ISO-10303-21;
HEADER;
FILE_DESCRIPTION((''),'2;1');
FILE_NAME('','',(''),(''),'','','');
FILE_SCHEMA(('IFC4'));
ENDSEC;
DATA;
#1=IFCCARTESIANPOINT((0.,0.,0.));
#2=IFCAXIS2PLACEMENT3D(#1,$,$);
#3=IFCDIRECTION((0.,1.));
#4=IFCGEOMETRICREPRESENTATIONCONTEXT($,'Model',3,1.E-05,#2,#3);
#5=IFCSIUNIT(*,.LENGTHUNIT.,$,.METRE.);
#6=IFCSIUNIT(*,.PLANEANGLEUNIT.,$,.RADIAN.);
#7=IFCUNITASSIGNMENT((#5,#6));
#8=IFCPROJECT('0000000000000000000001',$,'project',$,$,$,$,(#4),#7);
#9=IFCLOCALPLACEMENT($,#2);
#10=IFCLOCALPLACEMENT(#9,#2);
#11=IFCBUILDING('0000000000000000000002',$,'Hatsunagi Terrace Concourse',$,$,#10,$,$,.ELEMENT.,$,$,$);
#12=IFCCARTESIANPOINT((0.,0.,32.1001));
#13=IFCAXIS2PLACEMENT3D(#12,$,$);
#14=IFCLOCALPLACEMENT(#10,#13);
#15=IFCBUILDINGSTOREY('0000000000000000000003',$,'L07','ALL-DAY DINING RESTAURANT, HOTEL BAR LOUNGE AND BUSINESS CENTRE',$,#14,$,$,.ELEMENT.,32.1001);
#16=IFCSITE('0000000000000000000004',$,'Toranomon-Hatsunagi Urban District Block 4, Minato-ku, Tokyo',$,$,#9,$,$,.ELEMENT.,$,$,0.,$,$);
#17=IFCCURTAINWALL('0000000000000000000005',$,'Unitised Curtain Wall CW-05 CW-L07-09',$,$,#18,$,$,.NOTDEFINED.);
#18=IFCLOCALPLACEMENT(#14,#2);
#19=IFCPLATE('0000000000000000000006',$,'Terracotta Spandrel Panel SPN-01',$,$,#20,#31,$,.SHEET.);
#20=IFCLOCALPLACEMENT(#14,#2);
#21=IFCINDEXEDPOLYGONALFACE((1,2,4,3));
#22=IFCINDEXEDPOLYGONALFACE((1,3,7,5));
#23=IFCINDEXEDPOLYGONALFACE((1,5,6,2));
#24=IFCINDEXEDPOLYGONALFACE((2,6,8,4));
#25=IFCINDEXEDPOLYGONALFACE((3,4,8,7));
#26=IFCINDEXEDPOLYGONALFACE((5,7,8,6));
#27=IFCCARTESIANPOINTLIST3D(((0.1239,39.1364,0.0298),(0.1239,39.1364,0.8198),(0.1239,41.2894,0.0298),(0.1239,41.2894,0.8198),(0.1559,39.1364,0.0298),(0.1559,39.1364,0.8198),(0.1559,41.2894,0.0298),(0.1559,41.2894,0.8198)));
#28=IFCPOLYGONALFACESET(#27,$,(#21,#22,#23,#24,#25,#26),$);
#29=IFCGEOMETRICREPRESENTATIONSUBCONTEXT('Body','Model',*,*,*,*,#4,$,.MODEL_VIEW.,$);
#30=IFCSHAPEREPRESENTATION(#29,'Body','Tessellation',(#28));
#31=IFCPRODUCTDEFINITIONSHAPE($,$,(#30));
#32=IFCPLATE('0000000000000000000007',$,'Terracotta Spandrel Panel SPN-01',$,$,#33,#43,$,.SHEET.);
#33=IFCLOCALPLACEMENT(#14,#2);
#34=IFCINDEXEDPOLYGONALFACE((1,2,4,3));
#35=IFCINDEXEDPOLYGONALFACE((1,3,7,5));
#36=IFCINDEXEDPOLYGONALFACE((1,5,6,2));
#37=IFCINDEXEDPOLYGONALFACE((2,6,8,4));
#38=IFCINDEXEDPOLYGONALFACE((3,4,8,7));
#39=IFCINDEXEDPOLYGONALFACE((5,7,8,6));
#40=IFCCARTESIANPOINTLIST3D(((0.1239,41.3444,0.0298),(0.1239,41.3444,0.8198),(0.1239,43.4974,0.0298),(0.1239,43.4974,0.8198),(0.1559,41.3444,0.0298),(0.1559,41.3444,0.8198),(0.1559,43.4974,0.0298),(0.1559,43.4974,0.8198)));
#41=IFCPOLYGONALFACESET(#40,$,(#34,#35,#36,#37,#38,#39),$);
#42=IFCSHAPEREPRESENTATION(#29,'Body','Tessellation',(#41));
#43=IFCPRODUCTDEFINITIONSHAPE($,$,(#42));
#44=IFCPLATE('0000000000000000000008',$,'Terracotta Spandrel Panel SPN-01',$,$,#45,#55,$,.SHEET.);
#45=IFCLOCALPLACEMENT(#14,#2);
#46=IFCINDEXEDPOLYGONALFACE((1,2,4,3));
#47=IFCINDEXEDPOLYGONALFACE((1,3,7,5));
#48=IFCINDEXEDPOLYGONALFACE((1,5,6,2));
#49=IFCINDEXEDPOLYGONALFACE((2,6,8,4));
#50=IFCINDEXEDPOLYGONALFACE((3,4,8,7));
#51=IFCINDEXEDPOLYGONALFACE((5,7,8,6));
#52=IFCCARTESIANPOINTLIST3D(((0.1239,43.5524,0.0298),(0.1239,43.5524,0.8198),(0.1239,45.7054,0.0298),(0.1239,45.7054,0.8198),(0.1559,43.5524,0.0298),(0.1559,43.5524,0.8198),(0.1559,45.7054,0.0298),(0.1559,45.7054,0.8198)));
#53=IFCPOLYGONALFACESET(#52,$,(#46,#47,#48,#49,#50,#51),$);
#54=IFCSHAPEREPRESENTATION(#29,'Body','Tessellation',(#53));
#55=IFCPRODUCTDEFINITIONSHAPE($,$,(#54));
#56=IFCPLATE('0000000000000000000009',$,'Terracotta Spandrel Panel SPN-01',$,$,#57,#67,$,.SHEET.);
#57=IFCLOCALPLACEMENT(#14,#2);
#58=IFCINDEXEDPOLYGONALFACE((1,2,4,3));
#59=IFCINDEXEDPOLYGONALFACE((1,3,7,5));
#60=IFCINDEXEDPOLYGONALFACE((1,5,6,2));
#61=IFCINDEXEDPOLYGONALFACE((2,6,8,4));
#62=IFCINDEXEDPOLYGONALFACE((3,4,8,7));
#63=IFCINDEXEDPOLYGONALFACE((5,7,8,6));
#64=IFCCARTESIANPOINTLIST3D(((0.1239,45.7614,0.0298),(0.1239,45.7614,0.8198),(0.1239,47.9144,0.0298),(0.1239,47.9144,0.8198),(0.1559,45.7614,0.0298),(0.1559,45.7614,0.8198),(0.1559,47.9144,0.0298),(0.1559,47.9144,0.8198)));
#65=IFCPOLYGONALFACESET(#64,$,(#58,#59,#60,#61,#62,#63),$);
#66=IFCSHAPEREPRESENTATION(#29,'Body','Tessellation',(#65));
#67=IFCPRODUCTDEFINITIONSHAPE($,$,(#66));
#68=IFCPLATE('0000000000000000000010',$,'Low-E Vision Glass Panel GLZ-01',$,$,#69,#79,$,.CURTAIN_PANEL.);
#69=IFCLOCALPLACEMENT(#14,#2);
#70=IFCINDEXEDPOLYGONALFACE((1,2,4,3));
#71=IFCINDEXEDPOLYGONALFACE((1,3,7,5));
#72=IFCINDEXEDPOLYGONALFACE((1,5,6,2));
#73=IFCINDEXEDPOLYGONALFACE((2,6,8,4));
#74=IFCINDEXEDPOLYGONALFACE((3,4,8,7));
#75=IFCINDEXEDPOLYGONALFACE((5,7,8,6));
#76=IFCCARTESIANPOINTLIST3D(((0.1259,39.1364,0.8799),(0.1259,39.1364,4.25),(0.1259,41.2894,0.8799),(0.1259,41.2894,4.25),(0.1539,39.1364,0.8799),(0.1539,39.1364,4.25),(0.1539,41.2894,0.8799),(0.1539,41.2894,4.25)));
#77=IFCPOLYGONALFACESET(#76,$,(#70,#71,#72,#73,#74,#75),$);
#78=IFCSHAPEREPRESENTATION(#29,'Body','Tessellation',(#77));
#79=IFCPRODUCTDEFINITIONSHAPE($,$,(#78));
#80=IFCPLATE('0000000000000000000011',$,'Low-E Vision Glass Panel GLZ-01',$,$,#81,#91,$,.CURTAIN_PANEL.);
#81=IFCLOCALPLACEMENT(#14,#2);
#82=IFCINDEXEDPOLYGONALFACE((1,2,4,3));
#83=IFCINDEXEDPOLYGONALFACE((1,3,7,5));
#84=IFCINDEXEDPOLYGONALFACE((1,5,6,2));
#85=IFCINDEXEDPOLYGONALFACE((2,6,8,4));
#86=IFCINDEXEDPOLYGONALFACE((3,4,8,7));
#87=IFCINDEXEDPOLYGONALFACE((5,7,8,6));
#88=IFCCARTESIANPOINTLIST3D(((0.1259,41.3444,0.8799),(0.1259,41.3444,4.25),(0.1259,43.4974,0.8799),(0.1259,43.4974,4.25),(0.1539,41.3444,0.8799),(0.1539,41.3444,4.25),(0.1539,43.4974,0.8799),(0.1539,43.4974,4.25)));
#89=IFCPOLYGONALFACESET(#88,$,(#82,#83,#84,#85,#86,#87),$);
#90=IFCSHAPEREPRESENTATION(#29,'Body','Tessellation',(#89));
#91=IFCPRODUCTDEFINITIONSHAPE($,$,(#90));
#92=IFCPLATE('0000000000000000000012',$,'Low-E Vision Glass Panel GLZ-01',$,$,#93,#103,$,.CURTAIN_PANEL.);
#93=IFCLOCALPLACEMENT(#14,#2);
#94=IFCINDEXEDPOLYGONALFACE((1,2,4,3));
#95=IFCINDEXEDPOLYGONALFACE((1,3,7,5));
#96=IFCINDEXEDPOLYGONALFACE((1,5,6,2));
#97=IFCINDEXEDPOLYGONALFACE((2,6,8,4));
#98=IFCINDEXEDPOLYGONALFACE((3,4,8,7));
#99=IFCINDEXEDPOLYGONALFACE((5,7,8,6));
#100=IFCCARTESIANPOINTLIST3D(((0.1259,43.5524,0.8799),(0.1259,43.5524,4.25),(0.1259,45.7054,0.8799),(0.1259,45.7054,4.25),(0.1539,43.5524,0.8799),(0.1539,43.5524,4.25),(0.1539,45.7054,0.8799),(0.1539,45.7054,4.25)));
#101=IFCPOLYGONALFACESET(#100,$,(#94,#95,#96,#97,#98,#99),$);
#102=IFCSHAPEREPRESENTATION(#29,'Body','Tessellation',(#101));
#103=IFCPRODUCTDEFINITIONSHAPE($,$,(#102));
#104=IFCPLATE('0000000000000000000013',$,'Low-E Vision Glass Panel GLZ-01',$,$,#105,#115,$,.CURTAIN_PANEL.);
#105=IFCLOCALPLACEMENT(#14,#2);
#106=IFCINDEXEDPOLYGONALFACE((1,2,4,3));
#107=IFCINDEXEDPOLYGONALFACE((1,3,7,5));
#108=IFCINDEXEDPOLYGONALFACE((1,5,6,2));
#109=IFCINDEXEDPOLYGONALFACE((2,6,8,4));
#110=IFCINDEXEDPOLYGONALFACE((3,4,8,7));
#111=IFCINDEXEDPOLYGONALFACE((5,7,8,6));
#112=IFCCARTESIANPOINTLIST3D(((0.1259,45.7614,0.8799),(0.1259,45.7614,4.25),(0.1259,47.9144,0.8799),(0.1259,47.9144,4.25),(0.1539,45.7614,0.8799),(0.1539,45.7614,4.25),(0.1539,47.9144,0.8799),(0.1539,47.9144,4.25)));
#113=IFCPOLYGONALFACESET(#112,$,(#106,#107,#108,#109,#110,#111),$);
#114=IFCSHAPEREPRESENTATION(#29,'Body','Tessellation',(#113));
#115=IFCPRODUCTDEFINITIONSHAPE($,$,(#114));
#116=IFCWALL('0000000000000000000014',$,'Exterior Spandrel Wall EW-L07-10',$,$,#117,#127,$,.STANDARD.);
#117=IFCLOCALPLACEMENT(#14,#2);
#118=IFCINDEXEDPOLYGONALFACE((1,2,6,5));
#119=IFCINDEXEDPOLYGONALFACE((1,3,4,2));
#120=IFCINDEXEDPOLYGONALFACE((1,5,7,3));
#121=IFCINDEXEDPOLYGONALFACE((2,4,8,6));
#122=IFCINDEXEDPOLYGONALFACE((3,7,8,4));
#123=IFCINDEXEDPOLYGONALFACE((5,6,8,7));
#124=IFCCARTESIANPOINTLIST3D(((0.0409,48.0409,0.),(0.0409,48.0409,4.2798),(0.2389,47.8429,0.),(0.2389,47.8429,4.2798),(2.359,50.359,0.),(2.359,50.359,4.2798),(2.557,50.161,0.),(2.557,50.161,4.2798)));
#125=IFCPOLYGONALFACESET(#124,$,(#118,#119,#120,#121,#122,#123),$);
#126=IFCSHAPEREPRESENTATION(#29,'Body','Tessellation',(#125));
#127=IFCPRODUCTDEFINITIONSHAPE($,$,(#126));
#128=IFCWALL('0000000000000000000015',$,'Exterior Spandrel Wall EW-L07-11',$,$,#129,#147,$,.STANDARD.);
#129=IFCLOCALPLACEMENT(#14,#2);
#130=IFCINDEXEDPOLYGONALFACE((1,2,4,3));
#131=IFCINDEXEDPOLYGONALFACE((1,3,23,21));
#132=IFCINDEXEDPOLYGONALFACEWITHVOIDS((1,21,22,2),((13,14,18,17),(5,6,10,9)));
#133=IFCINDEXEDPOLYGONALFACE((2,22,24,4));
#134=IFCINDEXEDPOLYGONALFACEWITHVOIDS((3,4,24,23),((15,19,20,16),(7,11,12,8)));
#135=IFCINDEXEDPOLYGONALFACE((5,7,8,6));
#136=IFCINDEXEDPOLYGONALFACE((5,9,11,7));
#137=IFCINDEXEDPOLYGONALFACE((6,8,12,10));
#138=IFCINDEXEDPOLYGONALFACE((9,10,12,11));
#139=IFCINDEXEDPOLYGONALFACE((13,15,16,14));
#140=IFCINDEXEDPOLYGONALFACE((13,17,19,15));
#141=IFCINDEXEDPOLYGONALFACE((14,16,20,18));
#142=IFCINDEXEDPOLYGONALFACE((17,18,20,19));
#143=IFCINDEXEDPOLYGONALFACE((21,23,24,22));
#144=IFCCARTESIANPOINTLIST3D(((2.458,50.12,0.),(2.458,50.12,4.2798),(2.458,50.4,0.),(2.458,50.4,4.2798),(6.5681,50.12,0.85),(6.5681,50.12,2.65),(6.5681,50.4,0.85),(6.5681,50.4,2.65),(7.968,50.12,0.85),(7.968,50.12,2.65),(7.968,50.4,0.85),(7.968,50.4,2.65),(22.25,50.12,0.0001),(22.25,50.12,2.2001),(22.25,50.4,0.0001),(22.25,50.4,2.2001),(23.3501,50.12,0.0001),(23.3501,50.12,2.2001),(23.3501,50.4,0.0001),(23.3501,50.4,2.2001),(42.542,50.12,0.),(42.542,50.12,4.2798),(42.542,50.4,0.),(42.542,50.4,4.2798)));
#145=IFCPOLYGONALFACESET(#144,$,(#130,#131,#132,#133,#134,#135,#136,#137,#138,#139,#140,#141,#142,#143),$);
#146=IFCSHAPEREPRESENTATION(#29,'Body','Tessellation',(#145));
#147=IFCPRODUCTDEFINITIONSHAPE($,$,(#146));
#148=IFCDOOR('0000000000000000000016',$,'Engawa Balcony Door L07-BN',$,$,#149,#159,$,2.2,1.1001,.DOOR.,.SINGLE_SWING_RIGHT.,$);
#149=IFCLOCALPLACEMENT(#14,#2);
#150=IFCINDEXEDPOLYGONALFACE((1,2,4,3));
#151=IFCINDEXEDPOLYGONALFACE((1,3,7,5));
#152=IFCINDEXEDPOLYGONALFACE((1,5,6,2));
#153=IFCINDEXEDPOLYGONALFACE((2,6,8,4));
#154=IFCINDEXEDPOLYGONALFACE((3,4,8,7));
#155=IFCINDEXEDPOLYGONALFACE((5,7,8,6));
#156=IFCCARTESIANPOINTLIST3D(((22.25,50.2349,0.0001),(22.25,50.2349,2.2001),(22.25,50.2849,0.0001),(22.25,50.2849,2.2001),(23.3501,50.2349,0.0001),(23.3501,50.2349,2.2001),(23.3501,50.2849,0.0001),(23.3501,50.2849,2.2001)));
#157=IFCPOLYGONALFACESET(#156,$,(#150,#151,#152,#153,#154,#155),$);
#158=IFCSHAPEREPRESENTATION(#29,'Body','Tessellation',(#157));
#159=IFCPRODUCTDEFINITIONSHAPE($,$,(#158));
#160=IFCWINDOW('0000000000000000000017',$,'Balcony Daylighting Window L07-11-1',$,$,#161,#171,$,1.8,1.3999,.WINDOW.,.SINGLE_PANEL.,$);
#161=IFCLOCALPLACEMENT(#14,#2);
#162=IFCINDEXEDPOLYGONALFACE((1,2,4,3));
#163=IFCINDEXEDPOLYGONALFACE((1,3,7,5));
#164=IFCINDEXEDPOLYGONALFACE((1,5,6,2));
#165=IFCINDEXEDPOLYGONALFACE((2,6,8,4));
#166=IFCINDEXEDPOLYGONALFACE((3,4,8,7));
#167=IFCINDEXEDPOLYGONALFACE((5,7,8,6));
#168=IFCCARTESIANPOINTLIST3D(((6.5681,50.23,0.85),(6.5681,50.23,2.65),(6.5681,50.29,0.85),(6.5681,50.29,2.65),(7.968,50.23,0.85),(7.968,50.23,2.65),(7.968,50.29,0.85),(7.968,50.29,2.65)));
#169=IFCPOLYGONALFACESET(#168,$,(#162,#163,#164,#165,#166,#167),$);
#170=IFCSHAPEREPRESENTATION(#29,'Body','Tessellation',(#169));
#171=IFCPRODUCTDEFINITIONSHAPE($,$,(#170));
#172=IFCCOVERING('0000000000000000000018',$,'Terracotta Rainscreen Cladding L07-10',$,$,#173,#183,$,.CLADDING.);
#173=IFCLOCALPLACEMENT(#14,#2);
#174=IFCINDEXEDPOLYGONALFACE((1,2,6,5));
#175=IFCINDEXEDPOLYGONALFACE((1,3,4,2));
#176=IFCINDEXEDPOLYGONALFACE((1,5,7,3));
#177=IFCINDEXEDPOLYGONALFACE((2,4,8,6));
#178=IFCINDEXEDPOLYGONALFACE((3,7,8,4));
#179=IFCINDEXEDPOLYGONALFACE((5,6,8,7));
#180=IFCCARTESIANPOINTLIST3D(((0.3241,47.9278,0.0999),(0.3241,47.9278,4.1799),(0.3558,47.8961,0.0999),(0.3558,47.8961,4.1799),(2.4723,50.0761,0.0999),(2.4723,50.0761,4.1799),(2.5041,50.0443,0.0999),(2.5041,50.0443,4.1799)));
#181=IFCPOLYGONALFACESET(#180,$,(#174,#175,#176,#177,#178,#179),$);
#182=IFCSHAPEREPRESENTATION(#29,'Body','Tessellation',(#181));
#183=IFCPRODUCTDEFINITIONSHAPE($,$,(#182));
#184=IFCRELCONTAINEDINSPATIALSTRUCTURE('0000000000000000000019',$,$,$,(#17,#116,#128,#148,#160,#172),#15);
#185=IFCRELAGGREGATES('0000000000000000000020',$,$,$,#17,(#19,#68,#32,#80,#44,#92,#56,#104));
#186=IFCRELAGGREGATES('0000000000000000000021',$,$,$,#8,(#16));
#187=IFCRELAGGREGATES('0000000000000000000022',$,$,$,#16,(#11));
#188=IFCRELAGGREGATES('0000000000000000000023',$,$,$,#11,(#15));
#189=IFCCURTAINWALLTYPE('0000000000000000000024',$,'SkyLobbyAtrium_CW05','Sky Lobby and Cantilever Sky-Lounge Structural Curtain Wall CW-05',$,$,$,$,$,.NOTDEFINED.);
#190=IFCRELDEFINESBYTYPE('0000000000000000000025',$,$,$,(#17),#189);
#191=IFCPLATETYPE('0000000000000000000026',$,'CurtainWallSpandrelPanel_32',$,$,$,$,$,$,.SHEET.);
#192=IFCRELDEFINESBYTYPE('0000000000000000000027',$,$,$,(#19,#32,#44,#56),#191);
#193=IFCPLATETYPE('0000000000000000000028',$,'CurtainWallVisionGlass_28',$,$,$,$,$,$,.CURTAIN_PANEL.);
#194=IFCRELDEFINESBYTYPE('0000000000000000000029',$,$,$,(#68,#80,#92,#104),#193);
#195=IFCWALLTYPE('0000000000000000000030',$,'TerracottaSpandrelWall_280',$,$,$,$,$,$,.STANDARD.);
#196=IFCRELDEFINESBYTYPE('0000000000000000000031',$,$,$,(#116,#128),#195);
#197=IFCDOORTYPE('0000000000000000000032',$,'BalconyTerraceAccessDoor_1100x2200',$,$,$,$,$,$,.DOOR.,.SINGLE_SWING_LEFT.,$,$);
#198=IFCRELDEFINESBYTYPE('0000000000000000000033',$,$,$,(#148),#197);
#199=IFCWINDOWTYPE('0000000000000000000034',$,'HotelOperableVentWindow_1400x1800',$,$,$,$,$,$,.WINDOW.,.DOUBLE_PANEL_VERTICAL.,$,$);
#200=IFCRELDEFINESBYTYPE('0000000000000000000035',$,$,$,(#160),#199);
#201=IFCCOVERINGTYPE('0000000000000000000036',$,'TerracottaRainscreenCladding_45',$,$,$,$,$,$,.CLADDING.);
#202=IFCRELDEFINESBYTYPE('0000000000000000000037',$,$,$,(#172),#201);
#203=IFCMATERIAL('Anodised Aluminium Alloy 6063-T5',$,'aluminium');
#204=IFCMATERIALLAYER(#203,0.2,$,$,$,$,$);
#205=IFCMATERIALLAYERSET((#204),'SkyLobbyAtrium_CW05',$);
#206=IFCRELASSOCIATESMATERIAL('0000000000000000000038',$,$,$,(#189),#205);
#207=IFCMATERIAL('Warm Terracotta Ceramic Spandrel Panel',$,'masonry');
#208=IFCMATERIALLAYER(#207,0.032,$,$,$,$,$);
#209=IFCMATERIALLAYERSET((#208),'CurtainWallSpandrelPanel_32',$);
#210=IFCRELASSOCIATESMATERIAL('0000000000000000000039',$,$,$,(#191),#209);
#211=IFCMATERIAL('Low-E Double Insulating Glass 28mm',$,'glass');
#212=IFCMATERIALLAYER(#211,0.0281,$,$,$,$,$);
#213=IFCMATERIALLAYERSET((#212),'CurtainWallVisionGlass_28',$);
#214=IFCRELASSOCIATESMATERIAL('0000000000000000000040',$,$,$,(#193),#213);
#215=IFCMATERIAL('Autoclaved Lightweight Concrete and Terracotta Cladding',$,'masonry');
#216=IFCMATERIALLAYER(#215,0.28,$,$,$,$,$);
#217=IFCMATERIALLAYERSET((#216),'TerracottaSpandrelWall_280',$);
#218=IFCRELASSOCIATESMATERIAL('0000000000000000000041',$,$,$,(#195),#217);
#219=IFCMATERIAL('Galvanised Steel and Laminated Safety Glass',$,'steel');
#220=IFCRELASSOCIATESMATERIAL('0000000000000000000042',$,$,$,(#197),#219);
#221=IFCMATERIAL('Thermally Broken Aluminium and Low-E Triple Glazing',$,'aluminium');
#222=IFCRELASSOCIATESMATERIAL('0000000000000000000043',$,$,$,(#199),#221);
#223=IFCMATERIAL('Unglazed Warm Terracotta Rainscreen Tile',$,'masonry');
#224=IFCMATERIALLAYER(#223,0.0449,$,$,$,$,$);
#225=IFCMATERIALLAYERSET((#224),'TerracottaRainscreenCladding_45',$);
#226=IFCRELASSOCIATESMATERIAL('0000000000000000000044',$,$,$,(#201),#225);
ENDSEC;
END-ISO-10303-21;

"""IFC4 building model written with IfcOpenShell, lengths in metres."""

from ifc_helpers import new_model, si_unit, direction, frame, frame_2d, origin, origin_2d, place, context, subcontext, project, spatial, rectangle, extrude, material, layer, layer_set, type_object, element, fill, aggregate, save


model = new_model("IFC4")

# Units and contexts
model_context = context("Model", 3, precision=1e-05, world=origin(), true_north=direction((0.0, 1.0)))
body_context = subcontext(model_context, "Body", "Model", "MODEL_VIEW")
ifc_project = project(units=[si_unit("LENGTHUNIT", "METRE"), si_unit("PLANEANGLEUNIT", "RADIAN")], contexts=[model_context])

# Site, building, storey
site_placement = place(None, origin())
site = spatial("IfcSite", under=ifc_project, at=site_placement, Name="Toranomon-Hatsunagi Urban District Block 4, Minato-ku, Tokyo", CompositionType="ELEMENT", RefElevation=0.0)
building_placement = place(site_placement, origin())
building = spatial("IfcBuilding", under=site, at=building_placement, Name="Hatsunagi Terrace Concourse", CompositionType="ELEMENT")
storey_placement = place(building_placement, frame((0.0, 0.0, 32.1001)))
storey = spatial("IfcBuildingStorey", under=building, at=storey_placement, Name="L07", Description="ALL-DAY DINING RESTAURANT, HOTEL BAR LOUNGE AND BUSINESS CENTRE", CompositionType="ELEMENT", Elevation=32.1001)

# Curtain wall
ifc_material_1 = material(Name="Anodised Aluminium Alloy 6063-T5", Category="aluminium")
ifc_layer_1 = layer(ifc_material_1, 0.2)
ifc_layer_set_1 = layer_set([ifc_layer_1], Name="SkyLobbyAtrium_CW05")
curtain_wall_type = type_object("IfcCurtainWallType", Name="SkyLobbyAtrium_CW05", Description="Sky Lobby and Cantilever Sky-Lounge Structural Curtain Wall CW-05", PredefinedType="NOTDEFINED", material=ifc_layer_set_1)
curtain_wall_placement = place(storey_placement, origin())
curtain_wall = element("IfcCurtainWall", 1, at=curtain_wall_placement, inside=storey, type_object=curtain_wall_type, Name="Unitised Curtain Wall CW-05 CW-L07-09", PredefinedType="NOTDEFINED")

# Plates
ifc_material_2 = material(Name="Warm Terracotta Ceramic Spandrel Panel", Category="masonry")
ifc_layer_2 = layer(ifc_material_2, 0.032)
ifc_layer_set_2 = layer_set([ifc_layer_2], Name="CurtainWallSpandrelPanel_32")
plate_type_1 = type_object("IfcPlateType", Name="CurtainWallSpandrelPanel_32", PredefinedType="SHEET", material=ifc_layer_set_2)
plate_1_placement = place(storey_placement, frame((0.1399, 40.2129, 0.0298), z_axis=(0.0, 0.0, 1.0), x_axis=(0.0, 1.0, 0.0)))
plate_1 = element("IfcPlate", 2, at=plate_1_placement, type_object=plate_type_1, Name="Terracotta Spandrel Panel SPN-01", PredefinedType="SHEET", context=body_context, shape_type="SweptSolid", body=[
    extrude(rectangle(XDim=2.1531, YDim=0.032, at=origin_2d()), origin(), (0.0, 0.0, 1.0), 0.79),
])
plate_2_placement = place(storey_placement, frame((0.1399, 42.4209, 0.0298), z_axis=(0.0, 0.0, 1.0), x_axis=(0.0, 1.0, 0.0)))
plate_2 = element("IfcPlate", 3, at=plate_2_placement, type_object=plate_type_1, Name="Terracotta Spandrel Panel SPN-01", PredefinedType="SHEET", context=body_context, shape_type="SweptSolid", body=[
    extrude(rectangle(XDim=2.1531, YDim=0.032, at=origin_2d()), origin(), (0.0, 0.0, 1.0), 0.79),
])
plate_3_placement = place(storey_placement, frame((0.1399, 44.6289, 0.0298), z_axis=(0.0, 0.0, 1.0), x_axis=(0.0, 1.0, 0.0)))
plate_3 = element("IfcPlate", 4, at=plate_3_placement, type_object=plate_type_1, Name="Terracotta Spandrel Panel SPN-01", PredefinedType="SHEET", context=body_context, shape_type="SweptSolid", body=[
    extrude(rectangle(XDim=2.1531, YDim=0.032, at=origin_2d()), origin(), (0.0, 0.0, 1.0), 0.79),
])
plate_4_placement = place(storey_placement, frame((0.1399, 46.8379, 0.0298), z_axis=(0.0, 0.0, 1.0), x_axis=(0.0, 1.0, 0.0)))
plate_4 = element("IfcPlate", 5, at=plate_4_placement, type_object=plate_type_1, Name="Terracotta Spandrel Panel SPN-01", PredefinedType="SHEET", context=body_context, shape_type="SweptSolid", body=[
    extrude(rectangle(XDim=2.1531, YDim=0.032, at=origin_2d()), origin(), (0.0, 0.0, 1.0), 0.79),
])
ifc_material_3 = material(Name="Low-E Double Insulating Glass 28mm", Category="glass")
ifc_layer_3 = layer(ifc_material_3, 0.0281)
ifc_layer_set_3 = layer_set([ifc_layer_3], Name="CurtainWallVisionGlass_28")
plate_type_2 = type_object("IfcPlateType", Name="CurtainWallVisionGlass_28", PredefinedType="CURTAIN_PANEL", material=ifc_layer_set_3)
plate_5_placement = place(storey_placement, frame((0.1399, 40.2129, 0.8799), z_axis=(0.0, 0.0, 1.0), x_axis=(0.0, 1.0, 0.0)))
plate_5 = element("IfcPlate", 6, at=plate_5_placement, type_object=plate_type_2, Name="Low-E Vision Glass Panel GLZ-01", PredefinedType="CURTAIN_PANEL", context=body_context, shape_type="SweptSolid", body=[
    extrude(rectangle(XDim=2.1531, YDim=0.0281, at=origin_2d()), origin(), (0.0, 0.0, 1.0), 3.3701),
])
plate_6_placement = place(storey_placement, frame((0.1399, 42.4209, 0.8799), z_axis=(0.0, 0.0, 1.0), x_axis=(0.0, 1.0, 0.0)))
plate_6 = element("IfcPlate", 7, at=plate_6_placement, type_object=plate_type_2, Name="Low-E Vision Glass Panel GLZ-01", PredefinedType="CURTAIN_PANEL", context=body_context, shape_type="SweptSolid", body=[
    extrude(rectangle(XDim=2.1531, YDim=0.0281, at=origin_2d()), origin(), (0.0, 0.0, 1.0), 3.3701),
])
plate_7_placement = place(storey_placement, frame((0.1399, 44.6289, 0.8799), z_axis=(0.0, 0.0, 1.0), x_axis=(0.0, 1.0, 0.0)))
plate_7 = element("IfcPlate", 8, at=plate_7_placement, type_object=plate_type_2, Name="Low-E Vision Glass Panel GLZ-01", PredefinedType="CURTAIN_PANEL", context=body_context, shape_type="SweptSolid", body=[
    extrude(rectangle(XDim=2.1531, YDim=0.0281, at=origin_2d()), origin(), (0.0, 0.0, 1.0), 3.3701),
])
plate_8_placement = place(storey_placement, frame((0.1399, 46.8379, 0.8799), z_axis=(0.0, 0.0, 1.0), x_axis=(0.0, 1.0, 0.0)))
plate_8 = element("IfcPlate", 9, at=plate_8_placement, type_object=plate_type_2, Name="Low-E Vision Glass Panel GLZ-01", PredefinedType="CURTAIN_PANEL", context=body_context, shape_type="SweptSolid", body=[
    extrude(rectangle(XDim=2.1531, YDim=0.0281, at=origin_2d()), origin(), (0.0, 0.0, 1.0), 3.3701),
])
aggregate(curtain_wall, [plate_1, plate_5, plate_2, plate_6, plate_3, plate_7, plate_4, plate_8])

# Wall
ifc_material_4 = material(Name="Autoclaved Lightweight Concrete and Terracotta Cladding", Category="masonry")
ifc_layer_4 = layer(ifc_material_4, 0.28)
ifc_layer_set_4 = layer_set([ifc_layer_4], Name="TerracottaSpandrelWall_280")
wall_type = type_object("IfcWallType", Name="TerracottaSpandrelWall_280", PredefinedType="STANDARD", material=ifc_layer_set_4)
wall_1_placement = place(storey_placement, frame((0.1399, 47.9419, 0.0), z_axis=(0.0, 0.0, 1.0), x_axis=(0.707107, 0.707107, 0.0)))
element("IfcWall", 10, at=wall_1_placement, inside=storey, type_object=wall_type, Name="Exterior Spandrel Wall EW-L07-10", PredefinedType="STANDARD", context=body_context, shape_type="SweptSolid", body=[
    extrude(rectangle(XDim=3.2783, YDim=0.28, at=frame_2d((1.6392, 0.0))), origin(), (0.0, 0.0, 1.0), 4.2798),
])

# Wall, openings, door, window
wall_2_placement = place(storey_placement, frame((2.458, 50.26, 0.0), z_axis=(0.0, 0.0, 1.0), x_axis=(1.0, 0.0, 0.0)))
wall_2 = element("IfcWall", 11, at=wall_2_placement, inside=storey, type_object=wall_type, Name="Exterior Spandrel Wall EW-L07-11", PredefinedType="STANDARD", context=body_context, shape_type="SweptSolid", body=[
    extrude(rectangle(XDim=40.084, YDim=0.28, at=frame_2d((20.042, 0.0))), origin(), (0.0, 0.0, 1.0), 4.2798),
])
opening_1_placement = place(wall_2_placement, frame((19.792, 0.0, 0.0)))
opening_1 = element("IfcOpeningElement", 12, at=opening_1_placement, cuts=wall_2, PredefinedType="OPENING", context=body_context, shape_type="SweptSolid", body=[
    extrude(rectangle(XDim=1.1001, YDim=2.2, at=frame_2d((0.55, 1.1001))), frame((0.0, 0.1499, 0.0), z_axis=(0.0, -1.0, 0.0), x_axis=(1.0, 0.0, 0.0)), (0.0, 0.0, 1.0), 0.3),
])
opening_2_placement = place(wall_2_placement, frame((4.1101, 0.0, 0.8501)))
opening_2 = element("IfcOpeningElement", 13, at=opening_2_placement, cuts=wall_2, PredefinedType="OPENING", context=body_context, shape_type="SweptSolid", body=[
    extrude(rectangle(XDim=1.3999, YDim=1.8, at=frame_2d((0.7, 0.8999))), frame((0.0, 0.1499, 0.0), z_axis=(0.0, -1.0, 0.0), x_axis=(1.0, 0.0, 0.0)), (0.0, 0.0, 1.0), 0.3),
])
ifc_material_5 = material(Name="Galvanised Steel and Laminated Safety Glass", Category="steel")
door_type = type_object("IfcDoorType", Name="BalconyTerraceAccessDoor_1100x2200", OperationType="SINGLE_SWING_LEFT", PredefinedType="DOOR", material=ifc_material_5)
door_placement = place(opening_1_placement, origin())
door = element("IfcDoor", 14, at=door_placement, inside=storey, type_object=door_type, Name="Engawa Balcony Door L07-BN", OperationType="SINGLE_SWING_RIGHT", OverallHeight=2.2, OverallWidth=1.1001, PredefinedType="DOOR", context=body_context, shape_type="SweptSolid", body=[
    extrude(rectangle(XDim=1.1001, YDim=2.2, at=frame_2d((0.55, 1.1001))), frame((0.0, 0.0249, 0.0), z_axis=(0.0, -1.0, 0.0), x_axis=(1.0, 0.0, 0.0)), (0.0, 0.0, 1.0), 0.05),
])
fill(opening_1, door)
ifc_material_6 = material(Name="Thermally Broken Aluminium and Low-E Triple Glazing", Category="aluminium")
window_type = type_object("IfcWindowType", Name="HotelOperableVentWindow_1400x1800", PartitioningType="DOUBLE_PANEL_VERTICAL", PredefinedType="WINDOW", material=ifc_material_6)
window_placement = place(opening_2_placement, origin())
window = element("IfcWindow", 15, at=window_placement, inside=storey, type_object=window_type, Name="Balcony Daylighting Window L07-11-1", OverallHeight=1.8, OverallWidth=1.3999, PartitioningType="SINGLE_PANEL", PredefinedType="WINDOW", context=body_context, shape_type="SweptSolid", body=[
    extrude(rectangle(XDim=1.3999, YDim=1.8, at=frame_2d((0.7, 0.8999))), frame((0.0, 0.03, 0.0), z_axis=(0.0, -1.0, 0.0), x_axis=(1.0, 0.0, 0.0)), (0.0, 0.0, 1.0), 0.0601),
])
fill(opening_2, window)

# Covering
ifc_material_7 = material(Name="Unglazed Warm Terracotta Rainscreen Tile", Category="masonry")
ifc_layer_5 = layer(ifc_material_7, 0.0449)
ifc_layer_set_5 = layer_set([ifc_layer_5], Name="TerracottaRainscreenCladding_45")
covering_type = type_object("IfcCoveringType", Name="TerracottaRainscreenCladding_45", PredefinedType="CLADDING", material=ifc_layer_set_5)
covering_placement = place(storey_placement, frame((1.4141, 48.9861, 0.0999), z_axis=(0.0, 0.0, 1.0), x_axis=(0.707107, 0.707107, 0.0)))
element("IfcCovering", 16, at=covering_placement, inside=storey, type_object=covering_type, Name="Terracotta Rainscreen Cladding L07-10", PredefinedType="CLADDING", context=body_context, shape_type="SweptSolid", body=[
    extrude(rectangle(XDim=3.0381, YDim=0.0449, at=origin_2d()), origin(), (0.0, 0.0, 1.0), 4.0801),
])

save(model, "model.ifc")
